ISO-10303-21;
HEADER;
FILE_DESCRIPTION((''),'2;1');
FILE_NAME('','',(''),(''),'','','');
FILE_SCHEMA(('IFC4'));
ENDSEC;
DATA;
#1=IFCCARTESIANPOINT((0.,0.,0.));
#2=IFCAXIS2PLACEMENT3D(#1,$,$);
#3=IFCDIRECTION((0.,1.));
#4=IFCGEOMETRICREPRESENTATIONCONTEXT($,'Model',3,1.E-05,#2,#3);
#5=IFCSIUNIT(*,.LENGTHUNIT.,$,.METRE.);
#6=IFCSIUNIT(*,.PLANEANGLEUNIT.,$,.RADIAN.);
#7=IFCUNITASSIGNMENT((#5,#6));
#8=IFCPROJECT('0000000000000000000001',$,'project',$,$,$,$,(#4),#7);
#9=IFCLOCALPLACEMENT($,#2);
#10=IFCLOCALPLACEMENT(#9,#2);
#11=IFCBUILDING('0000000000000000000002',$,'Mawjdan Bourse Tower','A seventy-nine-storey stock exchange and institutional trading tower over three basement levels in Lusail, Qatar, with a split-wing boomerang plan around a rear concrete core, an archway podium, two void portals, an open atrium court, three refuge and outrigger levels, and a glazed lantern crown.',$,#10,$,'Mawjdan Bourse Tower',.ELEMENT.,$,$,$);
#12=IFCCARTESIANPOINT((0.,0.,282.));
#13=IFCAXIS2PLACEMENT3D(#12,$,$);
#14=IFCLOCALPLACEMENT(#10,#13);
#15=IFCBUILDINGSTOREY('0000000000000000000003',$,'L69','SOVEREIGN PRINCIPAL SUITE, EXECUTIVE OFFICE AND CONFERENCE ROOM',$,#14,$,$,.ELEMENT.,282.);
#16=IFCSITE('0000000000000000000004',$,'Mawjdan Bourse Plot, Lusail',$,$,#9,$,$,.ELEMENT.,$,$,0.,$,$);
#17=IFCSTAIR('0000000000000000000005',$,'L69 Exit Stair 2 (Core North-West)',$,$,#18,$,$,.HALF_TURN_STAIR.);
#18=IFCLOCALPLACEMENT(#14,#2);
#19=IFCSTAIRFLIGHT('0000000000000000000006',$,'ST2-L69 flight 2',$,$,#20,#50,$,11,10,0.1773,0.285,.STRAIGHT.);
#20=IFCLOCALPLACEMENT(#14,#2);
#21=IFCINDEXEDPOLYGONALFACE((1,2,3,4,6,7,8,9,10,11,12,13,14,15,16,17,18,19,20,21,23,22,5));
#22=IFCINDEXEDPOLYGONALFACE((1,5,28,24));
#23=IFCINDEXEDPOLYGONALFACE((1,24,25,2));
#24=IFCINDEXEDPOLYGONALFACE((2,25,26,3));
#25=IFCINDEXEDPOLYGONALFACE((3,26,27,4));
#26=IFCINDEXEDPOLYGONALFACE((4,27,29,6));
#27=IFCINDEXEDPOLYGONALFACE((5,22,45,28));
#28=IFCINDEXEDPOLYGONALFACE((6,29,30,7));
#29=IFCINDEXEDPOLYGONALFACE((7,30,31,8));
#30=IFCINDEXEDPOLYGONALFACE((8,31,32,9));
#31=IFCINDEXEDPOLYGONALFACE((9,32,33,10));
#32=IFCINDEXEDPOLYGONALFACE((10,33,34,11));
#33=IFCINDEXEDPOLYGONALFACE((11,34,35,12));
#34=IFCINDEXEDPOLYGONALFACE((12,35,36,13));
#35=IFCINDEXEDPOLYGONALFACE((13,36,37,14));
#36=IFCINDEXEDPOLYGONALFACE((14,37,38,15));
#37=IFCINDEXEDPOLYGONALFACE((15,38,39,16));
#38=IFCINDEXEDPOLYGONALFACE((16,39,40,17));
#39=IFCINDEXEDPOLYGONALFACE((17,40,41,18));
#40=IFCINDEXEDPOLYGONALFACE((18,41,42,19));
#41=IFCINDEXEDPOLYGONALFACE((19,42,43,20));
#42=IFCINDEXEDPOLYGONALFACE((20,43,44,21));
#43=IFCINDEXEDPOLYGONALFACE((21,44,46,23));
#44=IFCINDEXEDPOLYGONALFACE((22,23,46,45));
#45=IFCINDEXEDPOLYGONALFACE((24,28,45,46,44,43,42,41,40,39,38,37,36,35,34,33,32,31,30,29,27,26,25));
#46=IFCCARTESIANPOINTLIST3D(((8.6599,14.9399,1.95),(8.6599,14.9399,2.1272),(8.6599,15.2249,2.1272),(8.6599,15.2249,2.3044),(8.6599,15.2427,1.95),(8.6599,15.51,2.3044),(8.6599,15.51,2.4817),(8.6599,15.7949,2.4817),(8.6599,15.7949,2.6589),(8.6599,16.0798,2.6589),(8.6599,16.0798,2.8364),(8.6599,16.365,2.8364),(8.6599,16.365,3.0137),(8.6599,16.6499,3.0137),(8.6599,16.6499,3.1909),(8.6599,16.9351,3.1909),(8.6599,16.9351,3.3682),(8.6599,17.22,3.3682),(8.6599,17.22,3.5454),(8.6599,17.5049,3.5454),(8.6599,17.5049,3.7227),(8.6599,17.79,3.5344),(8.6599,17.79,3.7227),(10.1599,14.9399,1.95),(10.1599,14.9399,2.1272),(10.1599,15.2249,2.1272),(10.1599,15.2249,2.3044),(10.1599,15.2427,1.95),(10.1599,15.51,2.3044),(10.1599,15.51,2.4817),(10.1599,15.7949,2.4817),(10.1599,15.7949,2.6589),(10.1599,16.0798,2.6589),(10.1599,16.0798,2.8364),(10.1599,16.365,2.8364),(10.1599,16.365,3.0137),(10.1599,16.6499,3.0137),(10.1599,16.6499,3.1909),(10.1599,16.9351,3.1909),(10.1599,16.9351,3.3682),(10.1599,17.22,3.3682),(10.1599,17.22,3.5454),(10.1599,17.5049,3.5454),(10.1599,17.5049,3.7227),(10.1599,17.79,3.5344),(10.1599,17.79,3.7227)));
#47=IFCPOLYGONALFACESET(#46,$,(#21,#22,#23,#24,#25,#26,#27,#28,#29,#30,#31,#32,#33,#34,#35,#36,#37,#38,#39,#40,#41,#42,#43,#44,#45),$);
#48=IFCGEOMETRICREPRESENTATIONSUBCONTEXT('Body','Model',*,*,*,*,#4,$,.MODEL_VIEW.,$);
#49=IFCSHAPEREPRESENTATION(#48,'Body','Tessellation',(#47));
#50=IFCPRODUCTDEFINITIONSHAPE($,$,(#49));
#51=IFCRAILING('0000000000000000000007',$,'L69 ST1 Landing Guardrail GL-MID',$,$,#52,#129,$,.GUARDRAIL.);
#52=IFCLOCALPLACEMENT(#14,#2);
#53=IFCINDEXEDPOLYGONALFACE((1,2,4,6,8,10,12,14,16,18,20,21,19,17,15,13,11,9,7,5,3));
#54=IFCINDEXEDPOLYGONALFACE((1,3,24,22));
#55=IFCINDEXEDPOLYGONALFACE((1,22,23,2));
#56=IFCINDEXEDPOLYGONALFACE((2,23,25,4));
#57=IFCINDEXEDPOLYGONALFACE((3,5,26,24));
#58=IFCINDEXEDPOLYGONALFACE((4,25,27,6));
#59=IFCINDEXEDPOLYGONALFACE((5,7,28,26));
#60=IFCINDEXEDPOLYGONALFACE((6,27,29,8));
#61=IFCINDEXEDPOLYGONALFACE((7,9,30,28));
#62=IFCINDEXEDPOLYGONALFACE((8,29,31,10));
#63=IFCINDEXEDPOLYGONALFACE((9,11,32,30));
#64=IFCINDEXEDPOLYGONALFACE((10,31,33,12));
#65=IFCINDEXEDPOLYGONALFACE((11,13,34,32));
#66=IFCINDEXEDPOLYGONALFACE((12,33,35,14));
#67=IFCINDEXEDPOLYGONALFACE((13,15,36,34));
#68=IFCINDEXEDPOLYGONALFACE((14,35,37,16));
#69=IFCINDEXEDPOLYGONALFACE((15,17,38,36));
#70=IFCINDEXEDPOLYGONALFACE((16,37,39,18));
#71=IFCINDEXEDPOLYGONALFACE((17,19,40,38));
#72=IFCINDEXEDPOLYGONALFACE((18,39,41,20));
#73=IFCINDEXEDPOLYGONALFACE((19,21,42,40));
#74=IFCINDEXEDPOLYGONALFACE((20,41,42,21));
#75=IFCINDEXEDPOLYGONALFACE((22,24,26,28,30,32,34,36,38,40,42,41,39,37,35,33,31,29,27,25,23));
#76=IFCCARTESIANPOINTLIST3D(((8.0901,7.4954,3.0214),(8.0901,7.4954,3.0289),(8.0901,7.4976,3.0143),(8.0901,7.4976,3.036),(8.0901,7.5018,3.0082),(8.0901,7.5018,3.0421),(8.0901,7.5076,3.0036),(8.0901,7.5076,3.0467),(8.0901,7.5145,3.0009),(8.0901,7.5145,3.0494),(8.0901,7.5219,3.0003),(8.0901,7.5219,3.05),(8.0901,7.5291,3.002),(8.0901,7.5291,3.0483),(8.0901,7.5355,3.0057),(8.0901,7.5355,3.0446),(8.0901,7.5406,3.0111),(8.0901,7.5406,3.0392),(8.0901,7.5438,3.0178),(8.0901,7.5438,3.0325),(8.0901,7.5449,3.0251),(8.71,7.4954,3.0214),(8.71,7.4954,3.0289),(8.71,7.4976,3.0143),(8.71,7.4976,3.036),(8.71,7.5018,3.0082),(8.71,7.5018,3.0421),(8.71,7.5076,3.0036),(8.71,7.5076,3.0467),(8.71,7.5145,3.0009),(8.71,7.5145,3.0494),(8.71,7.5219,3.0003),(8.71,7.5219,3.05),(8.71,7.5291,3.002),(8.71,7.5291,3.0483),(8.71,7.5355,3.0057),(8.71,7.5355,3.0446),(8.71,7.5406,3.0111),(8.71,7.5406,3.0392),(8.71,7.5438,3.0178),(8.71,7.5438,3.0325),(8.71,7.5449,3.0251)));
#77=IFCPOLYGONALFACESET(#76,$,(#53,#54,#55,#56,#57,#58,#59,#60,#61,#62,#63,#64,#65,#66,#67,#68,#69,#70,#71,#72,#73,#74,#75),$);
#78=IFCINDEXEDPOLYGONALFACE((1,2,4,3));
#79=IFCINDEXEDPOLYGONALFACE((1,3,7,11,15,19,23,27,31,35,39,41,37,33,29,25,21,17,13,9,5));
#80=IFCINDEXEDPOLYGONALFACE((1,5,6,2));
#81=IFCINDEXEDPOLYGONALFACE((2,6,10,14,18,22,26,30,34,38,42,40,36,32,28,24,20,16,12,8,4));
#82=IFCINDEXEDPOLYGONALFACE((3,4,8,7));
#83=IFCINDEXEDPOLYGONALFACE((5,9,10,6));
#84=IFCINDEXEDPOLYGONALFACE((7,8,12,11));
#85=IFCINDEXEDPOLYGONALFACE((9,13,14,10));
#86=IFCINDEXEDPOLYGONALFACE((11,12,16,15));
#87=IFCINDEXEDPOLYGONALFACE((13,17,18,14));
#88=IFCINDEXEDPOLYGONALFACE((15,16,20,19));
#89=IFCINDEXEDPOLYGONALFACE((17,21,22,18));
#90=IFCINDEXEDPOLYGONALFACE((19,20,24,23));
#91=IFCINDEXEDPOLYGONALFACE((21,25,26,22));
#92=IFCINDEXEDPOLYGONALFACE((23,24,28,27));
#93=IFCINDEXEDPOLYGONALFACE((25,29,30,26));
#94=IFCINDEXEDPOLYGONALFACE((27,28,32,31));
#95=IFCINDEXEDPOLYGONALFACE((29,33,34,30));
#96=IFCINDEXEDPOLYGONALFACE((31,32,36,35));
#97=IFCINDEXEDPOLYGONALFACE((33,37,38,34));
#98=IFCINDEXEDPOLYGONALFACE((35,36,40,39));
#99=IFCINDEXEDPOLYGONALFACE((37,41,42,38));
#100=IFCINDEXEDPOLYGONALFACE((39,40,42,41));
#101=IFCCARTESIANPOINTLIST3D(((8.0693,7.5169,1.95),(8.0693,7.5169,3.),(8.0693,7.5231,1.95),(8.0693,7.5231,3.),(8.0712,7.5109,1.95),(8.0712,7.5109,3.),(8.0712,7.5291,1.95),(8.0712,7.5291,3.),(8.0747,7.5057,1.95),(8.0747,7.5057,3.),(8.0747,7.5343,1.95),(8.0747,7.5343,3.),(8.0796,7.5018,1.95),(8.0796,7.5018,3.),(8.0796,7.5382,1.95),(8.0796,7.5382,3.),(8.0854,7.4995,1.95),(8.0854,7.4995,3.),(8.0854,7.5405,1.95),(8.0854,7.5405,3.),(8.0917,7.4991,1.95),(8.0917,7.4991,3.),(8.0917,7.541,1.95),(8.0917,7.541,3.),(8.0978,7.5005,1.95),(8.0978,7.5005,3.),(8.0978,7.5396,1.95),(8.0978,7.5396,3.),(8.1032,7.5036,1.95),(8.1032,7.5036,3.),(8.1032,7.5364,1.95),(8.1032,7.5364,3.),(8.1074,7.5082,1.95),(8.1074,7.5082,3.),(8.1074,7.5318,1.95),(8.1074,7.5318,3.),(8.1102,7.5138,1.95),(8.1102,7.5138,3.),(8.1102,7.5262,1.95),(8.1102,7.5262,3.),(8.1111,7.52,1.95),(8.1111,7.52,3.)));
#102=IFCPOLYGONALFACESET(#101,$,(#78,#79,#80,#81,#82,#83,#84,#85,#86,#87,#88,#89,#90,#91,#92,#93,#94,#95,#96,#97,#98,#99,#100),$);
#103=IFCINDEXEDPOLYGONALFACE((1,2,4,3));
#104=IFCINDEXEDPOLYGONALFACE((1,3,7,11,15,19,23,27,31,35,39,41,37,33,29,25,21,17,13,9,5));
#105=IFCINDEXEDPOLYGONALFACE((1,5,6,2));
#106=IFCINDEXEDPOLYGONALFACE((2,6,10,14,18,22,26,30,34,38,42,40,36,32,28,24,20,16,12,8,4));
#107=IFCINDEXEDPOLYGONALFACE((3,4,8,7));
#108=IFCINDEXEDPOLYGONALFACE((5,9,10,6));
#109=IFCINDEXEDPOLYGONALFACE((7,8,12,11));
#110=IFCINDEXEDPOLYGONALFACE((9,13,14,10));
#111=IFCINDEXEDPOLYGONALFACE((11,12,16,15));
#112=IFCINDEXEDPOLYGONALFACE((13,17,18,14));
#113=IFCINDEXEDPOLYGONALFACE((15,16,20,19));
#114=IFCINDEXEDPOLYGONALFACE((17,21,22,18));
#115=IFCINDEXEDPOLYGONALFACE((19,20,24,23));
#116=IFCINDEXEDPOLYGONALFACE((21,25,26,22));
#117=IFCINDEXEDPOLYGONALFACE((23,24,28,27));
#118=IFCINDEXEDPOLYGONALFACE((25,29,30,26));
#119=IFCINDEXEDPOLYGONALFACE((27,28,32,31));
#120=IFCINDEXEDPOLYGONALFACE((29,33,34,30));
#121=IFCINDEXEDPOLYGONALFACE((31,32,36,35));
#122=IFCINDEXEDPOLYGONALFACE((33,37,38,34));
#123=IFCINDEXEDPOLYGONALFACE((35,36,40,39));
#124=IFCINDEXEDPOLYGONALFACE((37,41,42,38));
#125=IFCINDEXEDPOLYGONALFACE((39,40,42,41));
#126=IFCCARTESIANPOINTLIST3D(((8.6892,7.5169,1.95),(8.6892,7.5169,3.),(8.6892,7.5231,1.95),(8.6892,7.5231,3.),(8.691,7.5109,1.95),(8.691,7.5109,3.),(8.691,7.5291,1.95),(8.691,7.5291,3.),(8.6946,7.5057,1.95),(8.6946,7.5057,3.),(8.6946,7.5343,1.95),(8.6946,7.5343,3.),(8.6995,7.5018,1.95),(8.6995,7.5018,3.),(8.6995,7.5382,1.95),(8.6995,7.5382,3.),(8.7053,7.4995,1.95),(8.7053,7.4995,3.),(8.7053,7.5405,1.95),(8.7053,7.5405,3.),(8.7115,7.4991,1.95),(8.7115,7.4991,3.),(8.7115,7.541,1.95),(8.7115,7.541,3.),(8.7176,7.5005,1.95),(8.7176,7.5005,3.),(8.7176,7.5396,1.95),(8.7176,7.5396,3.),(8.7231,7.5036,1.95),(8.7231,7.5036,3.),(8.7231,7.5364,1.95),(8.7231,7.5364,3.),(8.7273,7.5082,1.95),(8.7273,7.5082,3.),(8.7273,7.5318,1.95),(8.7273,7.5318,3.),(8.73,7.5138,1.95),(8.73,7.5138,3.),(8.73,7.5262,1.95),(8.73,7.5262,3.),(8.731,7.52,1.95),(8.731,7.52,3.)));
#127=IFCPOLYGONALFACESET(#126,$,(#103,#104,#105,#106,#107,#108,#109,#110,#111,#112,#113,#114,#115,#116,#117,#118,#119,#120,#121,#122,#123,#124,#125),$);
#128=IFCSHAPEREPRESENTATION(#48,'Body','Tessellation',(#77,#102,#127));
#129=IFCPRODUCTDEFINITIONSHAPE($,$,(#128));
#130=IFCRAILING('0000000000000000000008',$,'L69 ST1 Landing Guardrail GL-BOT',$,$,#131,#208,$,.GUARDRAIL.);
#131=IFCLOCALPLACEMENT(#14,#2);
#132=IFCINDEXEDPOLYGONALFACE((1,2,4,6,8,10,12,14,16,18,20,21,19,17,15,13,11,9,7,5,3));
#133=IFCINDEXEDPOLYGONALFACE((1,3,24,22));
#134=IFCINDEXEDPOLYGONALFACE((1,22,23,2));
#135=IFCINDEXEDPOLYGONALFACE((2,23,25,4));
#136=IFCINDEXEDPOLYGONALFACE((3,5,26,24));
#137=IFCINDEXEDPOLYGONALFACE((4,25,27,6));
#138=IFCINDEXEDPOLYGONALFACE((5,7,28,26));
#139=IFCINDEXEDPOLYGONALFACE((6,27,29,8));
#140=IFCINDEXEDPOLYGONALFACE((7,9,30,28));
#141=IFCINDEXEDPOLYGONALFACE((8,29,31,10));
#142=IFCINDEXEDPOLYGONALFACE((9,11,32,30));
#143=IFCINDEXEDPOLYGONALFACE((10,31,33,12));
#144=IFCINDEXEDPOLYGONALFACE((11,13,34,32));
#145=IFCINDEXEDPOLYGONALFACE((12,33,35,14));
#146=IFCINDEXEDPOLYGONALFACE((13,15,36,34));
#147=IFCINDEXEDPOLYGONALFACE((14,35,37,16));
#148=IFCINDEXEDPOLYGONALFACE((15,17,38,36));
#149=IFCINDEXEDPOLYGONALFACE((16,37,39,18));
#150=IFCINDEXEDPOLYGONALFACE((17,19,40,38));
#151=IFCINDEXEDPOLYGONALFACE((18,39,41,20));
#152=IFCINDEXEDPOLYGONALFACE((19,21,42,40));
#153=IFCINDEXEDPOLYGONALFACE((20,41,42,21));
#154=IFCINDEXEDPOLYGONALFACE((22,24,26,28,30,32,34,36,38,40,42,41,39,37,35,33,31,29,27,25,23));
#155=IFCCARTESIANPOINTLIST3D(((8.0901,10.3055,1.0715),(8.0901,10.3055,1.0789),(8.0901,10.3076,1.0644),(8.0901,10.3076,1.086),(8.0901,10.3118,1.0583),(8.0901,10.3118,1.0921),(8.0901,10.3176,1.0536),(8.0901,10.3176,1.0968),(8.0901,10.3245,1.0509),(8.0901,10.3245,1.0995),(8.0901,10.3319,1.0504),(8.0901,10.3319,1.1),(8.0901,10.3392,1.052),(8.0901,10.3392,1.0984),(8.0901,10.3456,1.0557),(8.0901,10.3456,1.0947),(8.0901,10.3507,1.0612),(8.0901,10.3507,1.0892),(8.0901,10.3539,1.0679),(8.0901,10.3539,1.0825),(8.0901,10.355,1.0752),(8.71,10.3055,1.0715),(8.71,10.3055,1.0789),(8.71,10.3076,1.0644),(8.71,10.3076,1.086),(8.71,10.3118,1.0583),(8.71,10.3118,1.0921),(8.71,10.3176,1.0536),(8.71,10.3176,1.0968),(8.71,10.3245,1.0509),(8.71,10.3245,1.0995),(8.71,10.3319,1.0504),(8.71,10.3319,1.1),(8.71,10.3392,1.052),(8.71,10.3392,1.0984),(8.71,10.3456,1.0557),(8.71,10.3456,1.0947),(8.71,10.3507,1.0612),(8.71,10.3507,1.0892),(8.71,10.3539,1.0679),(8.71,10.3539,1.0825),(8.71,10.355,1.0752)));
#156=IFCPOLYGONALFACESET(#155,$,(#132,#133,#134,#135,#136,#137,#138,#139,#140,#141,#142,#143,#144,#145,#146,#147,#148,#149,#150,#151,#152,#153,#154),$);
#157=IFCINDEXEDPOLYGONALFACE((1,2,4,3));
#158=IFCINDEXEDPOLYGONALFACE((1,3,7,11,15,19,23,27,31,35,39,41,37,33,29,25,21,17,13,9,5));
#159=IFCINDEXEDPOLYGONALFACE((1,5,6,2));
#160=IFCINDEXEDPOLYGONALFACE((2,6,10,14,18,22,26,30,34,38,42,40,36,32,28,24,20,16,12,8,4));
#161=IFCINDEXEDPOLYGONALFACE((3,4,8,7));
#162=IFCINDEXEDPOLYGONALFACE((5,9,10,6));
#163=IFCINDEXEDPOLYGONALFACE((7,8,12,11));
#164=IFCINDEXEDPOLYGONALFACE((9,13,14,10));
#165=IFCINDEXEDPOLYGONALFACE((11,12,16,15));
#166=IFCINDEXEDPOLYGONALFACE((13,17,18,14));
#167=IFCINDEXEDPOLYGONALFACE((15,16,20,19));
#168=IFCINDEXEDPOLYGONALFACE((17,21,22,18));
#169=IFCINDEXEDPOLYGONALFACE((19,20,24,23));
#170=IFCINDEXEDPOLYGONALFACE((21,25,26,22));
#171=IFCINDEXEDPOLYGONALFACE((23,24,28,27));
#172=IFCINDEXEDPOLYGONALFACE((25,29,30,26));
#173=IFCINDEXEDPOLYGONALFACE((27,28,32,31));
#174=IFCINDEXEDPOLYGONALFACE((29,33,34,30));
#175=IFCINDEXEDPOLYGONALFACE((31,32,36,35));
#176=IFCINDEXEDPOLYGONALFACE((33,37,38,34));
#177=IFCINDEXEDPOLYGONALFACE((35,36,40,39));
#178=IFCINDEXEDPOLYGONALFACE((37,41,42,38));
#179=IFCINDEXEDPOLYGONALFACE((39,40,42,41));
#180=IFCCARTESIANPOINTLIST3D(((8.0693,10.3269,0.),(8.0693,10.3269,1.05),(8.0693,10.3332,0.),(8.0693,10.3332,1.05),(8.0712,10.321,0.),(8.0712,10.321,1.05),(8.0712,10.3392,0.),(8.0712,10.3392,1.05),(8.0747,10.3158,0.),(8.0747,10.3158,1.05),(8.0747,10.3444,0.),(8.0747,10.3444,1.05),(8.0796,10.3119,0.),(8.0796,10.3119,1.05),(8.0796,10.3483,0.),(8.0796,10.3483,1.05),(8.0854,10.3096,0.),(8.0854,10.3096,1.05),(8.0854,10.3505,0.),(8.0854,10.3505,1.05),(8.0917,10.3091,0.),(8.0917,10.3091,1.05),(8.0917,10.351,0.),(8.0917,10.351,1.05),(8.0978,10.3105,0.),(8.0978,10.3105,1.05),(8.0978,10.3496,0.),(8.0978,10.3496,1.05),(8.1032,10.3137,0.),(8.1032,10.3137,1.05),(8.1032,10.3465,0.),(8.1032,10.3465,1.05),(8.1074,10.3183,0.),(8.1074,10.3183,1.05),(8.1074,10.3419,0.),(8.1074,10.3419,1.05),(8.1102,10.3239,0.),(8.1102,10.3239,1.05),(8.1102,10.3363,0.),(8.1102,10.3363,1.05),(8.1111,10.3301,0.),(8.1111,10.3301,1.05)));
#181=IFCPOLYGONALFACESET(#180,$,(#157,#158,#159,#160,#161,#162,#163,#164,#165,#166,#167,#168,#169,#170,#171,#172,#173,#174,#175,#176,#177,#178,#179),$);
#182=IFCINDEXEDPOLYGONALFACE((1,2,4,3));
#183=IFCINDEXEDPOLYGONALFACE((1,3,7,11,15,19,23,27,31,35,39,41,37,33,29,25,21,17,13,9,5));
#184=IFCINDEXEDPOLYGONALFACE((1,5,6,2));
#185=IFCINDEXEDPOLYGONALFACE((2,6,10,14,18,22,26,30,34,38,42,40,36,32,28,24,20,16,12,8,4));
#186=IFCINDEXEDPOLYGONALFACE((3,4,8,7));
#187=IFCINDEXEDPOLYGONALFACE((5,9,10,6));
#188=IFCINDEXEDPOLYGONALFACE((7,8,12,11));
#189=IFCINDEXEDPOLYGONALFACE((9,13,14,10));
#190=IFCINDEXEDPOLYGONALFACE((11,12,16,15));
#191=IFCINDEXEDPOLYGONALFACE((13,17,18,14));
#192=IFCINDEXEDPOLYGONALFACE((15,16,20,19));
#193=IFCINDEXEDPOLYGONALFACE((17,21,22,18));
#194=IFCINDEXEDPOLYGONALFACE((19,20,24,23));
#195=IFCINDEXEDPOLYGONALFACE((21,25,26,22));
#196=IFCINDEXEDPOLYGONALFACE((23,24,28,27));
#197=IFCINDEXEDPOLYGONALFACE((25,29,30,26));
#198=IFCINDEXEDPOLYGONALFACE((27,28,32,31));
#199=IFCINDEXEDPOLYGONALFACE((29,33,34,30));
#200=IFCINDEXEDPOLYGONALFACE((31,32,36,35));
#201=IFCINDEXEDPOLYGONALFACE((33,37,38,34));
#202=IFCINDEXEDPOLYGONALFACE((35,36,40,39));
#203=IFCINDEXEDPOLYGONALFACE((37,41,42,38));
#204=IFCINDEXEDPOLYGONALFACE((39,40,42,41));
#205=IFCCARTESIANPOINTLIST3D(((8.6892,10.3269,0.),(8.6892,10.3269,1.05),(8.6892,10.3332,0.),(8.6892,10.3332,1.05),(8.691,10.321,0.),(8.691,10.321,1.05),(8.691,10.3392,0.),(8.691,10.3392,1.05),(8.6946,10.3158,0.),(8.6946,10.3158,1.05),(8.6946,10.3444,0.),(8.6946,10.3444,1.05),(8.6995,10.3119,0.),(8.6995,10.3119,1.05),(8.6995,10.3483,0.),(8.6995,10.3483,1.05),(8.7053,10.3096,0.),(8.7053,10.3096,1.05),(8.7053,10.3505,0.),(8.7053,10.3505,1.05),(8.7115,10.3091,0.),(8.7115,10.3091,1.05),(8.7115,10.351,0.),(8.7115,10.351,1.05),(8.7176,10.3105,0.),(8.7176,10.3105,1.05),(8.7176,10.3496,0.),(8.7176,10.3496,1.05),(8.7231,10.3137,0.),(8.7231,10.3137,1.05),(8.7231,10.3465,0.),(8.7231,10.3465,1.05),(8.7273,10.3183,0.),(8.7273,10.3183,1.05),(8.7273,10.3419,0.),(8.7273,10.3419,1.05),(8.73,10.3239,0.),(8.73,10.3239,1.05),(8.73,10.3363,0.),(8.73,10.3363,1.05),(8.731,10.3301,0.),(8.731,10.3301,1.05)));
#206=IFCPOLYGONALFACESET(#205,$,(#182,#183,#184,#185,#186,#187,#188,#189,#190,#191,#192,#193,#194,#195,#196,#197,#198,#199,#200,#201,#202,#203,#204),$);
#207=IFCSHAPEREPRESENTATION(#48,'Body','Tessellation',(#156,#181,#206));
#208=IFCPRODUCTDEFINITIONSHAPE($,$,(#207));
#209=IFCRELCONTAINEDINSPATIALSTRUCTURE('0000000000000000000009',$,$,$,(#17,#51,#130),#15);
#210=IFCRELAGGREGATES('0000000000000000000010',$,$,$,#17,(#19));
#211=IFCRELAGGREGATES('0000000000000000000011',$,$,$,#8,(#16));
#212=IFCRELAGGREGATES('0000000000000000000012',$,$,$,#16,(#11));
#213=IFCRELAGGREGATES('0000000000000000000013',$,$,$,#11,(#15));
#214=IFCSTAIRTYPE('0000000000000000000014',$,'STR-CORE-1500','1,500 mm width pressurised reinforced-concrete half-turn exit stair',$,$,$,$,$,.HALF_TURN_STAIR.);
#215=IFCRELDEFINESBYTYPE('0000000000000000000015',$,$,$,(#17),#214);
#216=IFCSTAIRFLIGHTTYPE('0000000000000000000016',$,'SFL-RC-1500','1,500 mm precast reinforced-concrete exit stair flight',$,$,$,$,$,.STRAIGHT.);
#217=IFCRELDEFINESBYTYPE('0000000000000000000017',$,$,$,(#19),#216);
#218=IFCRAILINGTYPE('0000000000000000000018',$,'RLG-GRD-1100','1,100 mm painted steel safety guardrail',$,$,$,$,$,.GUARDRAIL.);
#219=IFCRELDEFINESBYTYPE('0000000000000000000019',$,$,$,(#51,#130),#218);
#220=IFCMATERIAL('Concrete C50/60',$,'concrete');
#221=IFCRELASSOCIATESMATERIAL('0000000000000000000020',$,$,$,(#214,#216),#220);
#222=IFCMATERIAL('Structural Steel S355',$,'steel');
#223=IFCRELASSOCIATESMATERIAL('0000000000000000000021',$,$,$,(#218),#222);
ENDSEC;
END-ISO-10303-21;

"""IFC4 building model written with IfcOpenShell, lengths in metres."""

from ifc_helpers import new_model, si_unit, direction, frame, origin, origin_2d, place, context, subcontext, project, spatial, polyline, circle, outline, extrude, material, type_object, element, aggregate, save


model = new_model("IFC4")

# Units and contexts
model_context = context("Model", 3, precision=1e-05, world=origin(), true_north=direction((0.0, 1.0)))
body_context = subcontext(model_context, "Body", "Model", "MODEL_VIEW")
ifc_project = project(units=[si_unit("LENGTHUNIT", "METRE"), si_unit("PLANEANGLEUNIT", "RADIAN")], contexts=[model_context])

# Site, building, storey
site_placement = place(None, origin())
site = spatial("IfcSite", under=ifc_project, at=site_placement, Name="Mawjdan Bourse Plot, Lusail", CompositionType="ELEMENT", RefElevation=0.0)
building_placement = place(site_placement, origin())
building = spatial("IfcBuilding", under=site, at=building_placement, Name="Mawjdan Bourse Tower", Description="A seventy-nine-storey stock exchange and institutional trading tower over three basement levels in Lusail, Qatar, with a split-wing boomerang plan around a rear concrete core, an archway podium, two void portals, an open atrium court, three refuge and outrigger levels, and a glazed lantern crown.", LongName="Mawjdan Bourse Tower", CompositionType="ELEMENT")
storey_placement = place(building_placement, frame((0.0, 0.0, 282.0)))
storey = spatial("IfcBuildingStorey", under=building, at=storey_placement, Name="L69", Description="SOVEREIGN PRINCIPAL SUITE, EXECUTIVE OFFICE AND CONFERENCE ROOM", CompositionType="ELEMENT", Elevation=282.0)

# Shared definitions
ifc_material_1 = material(Name="Concrete C50/60", Category="concrete")

# Shared definitions
stair_type = type_object("IfcStairType", Name="STR-CORE-1500", Description="1,500 mm width pressurised reinforced-concrete half-turn exit stair", PredefinedType="HALF_TURN_STAIR", material=ifc_material_1)
stair_flight_type = type_object("IfcStairFlightType", Name="SFL-RC-1500", Description="1,500 mm precast reinforced-concrete exit stair flight", PredefinedType="STRAIGHT", material=ifc_material_1)

# Stair, stair flight
stair_1_placement = place(storey_placement, origin())
stair_1 = element("IfcStair", 1, at=stair_1_placement, inside=storey, type_object=stair_type, Name="L69 Exit Stair 2 (Core North-West)", PredefinedType="HALF_TURN_STAIR")
stair_flight_1_placement = place(storey_placement, frame((9.4099, 14.9399, 1.95), z_axis=(0.0, 0.0, 1.0), x_axis=(0.0, 1.0, 0.0)))
stair_flight_1 = element("IfcStairFlight", 2, at=stair_flight_1_placement, type_object=stair_flight_type, Name="ST2-L69 flight 2", NumberOfRisers=11, NumberOfTreads=10, PredefinedType="STRAIGHT", RiserHeight=0.1773, TreadLength=0.285, context=body_context, shape_type="SweptSolid", body=[
    extrude(outline(polyline([(0.0, 0.0), (0.0, 0.1772), (0.2849, 0.1772), (0.2849, 0.3545), (0.5701, 0.3545), (0.5701, 0.5317), (0.855, 0.5317), (0.855, 0.709), (1.1399, 0.709), (1.1399, 0.8865), (1.425, 0.8865), (1.425, 1.0637), (1.71, 1.0637), (1.71, 1.241), (1.9951, 1.241), (1.9951, 1.4182), (2.28, 1.4182), (2.28, 1.5955), (2.5649, 1.5955), (2.5649, 1.7727), (2.8501, 1.7727), (2.8501, 1.95), (2.8501, 1.5845), (0.3027, 0.0), (0.0, 0.0)])), frame((0.0, 0.75, 0.0), z_axis=(0.0, -1.0, 0.0), x_axis=(1.0, 0.0, 0.0)), (0.0, 0.0, 1.0), 1.5),
])
aggregate(stair_1, [stair_flight_1])

# Railings
ifc_material_2 = material(Name="Structural Steel S355", Category="steel")
railing_type_1 = type_object("IfcRailingType", Name="RLG-GRD-1100", Description="1,100 mm painted steel safety guardrail", PredefinedType="GUARDRAIL", material=ifc_material_2)
for number, where, name in (
    (3, (8.0901, 7.52, 1.95), "L69 ST1 Landing Guardrail GL-MID"),
    (4, (8.0901, 10.3301, 0.0), "L69 ST1 Landing Guardrail GL-BOT"),
):
    element("IfcRailing", number, at=place(storey_placement, frame(where)), inside=storey, type_object=railing_type_1, Name=name, PredefinedType="GUARDRAIL", context=body_context, shape_type="SweptSolid", body=[
        extrude(circle(Radius=0.0249, at=origin_2d()), frame((0.0, 0.0, 1.0752), z_axis=(1.0, 0.0, 0.0), x_axis=(0.0, 1.0, 0.0)), (0.0, 0.0, 1.0), 0.6199),
        extrude(circle(Radius=0.021, at=origin_2d()), origin(), (0.0, 0.0, 1.0), 1.05),
        extrude(circle(Radius=0.021, at=origin_2d()), frame((0.6199, 0.0, 0.0)), (0.0, 0.0, 1.0), 1.05),
    ])

save(model, "model.ifc")
